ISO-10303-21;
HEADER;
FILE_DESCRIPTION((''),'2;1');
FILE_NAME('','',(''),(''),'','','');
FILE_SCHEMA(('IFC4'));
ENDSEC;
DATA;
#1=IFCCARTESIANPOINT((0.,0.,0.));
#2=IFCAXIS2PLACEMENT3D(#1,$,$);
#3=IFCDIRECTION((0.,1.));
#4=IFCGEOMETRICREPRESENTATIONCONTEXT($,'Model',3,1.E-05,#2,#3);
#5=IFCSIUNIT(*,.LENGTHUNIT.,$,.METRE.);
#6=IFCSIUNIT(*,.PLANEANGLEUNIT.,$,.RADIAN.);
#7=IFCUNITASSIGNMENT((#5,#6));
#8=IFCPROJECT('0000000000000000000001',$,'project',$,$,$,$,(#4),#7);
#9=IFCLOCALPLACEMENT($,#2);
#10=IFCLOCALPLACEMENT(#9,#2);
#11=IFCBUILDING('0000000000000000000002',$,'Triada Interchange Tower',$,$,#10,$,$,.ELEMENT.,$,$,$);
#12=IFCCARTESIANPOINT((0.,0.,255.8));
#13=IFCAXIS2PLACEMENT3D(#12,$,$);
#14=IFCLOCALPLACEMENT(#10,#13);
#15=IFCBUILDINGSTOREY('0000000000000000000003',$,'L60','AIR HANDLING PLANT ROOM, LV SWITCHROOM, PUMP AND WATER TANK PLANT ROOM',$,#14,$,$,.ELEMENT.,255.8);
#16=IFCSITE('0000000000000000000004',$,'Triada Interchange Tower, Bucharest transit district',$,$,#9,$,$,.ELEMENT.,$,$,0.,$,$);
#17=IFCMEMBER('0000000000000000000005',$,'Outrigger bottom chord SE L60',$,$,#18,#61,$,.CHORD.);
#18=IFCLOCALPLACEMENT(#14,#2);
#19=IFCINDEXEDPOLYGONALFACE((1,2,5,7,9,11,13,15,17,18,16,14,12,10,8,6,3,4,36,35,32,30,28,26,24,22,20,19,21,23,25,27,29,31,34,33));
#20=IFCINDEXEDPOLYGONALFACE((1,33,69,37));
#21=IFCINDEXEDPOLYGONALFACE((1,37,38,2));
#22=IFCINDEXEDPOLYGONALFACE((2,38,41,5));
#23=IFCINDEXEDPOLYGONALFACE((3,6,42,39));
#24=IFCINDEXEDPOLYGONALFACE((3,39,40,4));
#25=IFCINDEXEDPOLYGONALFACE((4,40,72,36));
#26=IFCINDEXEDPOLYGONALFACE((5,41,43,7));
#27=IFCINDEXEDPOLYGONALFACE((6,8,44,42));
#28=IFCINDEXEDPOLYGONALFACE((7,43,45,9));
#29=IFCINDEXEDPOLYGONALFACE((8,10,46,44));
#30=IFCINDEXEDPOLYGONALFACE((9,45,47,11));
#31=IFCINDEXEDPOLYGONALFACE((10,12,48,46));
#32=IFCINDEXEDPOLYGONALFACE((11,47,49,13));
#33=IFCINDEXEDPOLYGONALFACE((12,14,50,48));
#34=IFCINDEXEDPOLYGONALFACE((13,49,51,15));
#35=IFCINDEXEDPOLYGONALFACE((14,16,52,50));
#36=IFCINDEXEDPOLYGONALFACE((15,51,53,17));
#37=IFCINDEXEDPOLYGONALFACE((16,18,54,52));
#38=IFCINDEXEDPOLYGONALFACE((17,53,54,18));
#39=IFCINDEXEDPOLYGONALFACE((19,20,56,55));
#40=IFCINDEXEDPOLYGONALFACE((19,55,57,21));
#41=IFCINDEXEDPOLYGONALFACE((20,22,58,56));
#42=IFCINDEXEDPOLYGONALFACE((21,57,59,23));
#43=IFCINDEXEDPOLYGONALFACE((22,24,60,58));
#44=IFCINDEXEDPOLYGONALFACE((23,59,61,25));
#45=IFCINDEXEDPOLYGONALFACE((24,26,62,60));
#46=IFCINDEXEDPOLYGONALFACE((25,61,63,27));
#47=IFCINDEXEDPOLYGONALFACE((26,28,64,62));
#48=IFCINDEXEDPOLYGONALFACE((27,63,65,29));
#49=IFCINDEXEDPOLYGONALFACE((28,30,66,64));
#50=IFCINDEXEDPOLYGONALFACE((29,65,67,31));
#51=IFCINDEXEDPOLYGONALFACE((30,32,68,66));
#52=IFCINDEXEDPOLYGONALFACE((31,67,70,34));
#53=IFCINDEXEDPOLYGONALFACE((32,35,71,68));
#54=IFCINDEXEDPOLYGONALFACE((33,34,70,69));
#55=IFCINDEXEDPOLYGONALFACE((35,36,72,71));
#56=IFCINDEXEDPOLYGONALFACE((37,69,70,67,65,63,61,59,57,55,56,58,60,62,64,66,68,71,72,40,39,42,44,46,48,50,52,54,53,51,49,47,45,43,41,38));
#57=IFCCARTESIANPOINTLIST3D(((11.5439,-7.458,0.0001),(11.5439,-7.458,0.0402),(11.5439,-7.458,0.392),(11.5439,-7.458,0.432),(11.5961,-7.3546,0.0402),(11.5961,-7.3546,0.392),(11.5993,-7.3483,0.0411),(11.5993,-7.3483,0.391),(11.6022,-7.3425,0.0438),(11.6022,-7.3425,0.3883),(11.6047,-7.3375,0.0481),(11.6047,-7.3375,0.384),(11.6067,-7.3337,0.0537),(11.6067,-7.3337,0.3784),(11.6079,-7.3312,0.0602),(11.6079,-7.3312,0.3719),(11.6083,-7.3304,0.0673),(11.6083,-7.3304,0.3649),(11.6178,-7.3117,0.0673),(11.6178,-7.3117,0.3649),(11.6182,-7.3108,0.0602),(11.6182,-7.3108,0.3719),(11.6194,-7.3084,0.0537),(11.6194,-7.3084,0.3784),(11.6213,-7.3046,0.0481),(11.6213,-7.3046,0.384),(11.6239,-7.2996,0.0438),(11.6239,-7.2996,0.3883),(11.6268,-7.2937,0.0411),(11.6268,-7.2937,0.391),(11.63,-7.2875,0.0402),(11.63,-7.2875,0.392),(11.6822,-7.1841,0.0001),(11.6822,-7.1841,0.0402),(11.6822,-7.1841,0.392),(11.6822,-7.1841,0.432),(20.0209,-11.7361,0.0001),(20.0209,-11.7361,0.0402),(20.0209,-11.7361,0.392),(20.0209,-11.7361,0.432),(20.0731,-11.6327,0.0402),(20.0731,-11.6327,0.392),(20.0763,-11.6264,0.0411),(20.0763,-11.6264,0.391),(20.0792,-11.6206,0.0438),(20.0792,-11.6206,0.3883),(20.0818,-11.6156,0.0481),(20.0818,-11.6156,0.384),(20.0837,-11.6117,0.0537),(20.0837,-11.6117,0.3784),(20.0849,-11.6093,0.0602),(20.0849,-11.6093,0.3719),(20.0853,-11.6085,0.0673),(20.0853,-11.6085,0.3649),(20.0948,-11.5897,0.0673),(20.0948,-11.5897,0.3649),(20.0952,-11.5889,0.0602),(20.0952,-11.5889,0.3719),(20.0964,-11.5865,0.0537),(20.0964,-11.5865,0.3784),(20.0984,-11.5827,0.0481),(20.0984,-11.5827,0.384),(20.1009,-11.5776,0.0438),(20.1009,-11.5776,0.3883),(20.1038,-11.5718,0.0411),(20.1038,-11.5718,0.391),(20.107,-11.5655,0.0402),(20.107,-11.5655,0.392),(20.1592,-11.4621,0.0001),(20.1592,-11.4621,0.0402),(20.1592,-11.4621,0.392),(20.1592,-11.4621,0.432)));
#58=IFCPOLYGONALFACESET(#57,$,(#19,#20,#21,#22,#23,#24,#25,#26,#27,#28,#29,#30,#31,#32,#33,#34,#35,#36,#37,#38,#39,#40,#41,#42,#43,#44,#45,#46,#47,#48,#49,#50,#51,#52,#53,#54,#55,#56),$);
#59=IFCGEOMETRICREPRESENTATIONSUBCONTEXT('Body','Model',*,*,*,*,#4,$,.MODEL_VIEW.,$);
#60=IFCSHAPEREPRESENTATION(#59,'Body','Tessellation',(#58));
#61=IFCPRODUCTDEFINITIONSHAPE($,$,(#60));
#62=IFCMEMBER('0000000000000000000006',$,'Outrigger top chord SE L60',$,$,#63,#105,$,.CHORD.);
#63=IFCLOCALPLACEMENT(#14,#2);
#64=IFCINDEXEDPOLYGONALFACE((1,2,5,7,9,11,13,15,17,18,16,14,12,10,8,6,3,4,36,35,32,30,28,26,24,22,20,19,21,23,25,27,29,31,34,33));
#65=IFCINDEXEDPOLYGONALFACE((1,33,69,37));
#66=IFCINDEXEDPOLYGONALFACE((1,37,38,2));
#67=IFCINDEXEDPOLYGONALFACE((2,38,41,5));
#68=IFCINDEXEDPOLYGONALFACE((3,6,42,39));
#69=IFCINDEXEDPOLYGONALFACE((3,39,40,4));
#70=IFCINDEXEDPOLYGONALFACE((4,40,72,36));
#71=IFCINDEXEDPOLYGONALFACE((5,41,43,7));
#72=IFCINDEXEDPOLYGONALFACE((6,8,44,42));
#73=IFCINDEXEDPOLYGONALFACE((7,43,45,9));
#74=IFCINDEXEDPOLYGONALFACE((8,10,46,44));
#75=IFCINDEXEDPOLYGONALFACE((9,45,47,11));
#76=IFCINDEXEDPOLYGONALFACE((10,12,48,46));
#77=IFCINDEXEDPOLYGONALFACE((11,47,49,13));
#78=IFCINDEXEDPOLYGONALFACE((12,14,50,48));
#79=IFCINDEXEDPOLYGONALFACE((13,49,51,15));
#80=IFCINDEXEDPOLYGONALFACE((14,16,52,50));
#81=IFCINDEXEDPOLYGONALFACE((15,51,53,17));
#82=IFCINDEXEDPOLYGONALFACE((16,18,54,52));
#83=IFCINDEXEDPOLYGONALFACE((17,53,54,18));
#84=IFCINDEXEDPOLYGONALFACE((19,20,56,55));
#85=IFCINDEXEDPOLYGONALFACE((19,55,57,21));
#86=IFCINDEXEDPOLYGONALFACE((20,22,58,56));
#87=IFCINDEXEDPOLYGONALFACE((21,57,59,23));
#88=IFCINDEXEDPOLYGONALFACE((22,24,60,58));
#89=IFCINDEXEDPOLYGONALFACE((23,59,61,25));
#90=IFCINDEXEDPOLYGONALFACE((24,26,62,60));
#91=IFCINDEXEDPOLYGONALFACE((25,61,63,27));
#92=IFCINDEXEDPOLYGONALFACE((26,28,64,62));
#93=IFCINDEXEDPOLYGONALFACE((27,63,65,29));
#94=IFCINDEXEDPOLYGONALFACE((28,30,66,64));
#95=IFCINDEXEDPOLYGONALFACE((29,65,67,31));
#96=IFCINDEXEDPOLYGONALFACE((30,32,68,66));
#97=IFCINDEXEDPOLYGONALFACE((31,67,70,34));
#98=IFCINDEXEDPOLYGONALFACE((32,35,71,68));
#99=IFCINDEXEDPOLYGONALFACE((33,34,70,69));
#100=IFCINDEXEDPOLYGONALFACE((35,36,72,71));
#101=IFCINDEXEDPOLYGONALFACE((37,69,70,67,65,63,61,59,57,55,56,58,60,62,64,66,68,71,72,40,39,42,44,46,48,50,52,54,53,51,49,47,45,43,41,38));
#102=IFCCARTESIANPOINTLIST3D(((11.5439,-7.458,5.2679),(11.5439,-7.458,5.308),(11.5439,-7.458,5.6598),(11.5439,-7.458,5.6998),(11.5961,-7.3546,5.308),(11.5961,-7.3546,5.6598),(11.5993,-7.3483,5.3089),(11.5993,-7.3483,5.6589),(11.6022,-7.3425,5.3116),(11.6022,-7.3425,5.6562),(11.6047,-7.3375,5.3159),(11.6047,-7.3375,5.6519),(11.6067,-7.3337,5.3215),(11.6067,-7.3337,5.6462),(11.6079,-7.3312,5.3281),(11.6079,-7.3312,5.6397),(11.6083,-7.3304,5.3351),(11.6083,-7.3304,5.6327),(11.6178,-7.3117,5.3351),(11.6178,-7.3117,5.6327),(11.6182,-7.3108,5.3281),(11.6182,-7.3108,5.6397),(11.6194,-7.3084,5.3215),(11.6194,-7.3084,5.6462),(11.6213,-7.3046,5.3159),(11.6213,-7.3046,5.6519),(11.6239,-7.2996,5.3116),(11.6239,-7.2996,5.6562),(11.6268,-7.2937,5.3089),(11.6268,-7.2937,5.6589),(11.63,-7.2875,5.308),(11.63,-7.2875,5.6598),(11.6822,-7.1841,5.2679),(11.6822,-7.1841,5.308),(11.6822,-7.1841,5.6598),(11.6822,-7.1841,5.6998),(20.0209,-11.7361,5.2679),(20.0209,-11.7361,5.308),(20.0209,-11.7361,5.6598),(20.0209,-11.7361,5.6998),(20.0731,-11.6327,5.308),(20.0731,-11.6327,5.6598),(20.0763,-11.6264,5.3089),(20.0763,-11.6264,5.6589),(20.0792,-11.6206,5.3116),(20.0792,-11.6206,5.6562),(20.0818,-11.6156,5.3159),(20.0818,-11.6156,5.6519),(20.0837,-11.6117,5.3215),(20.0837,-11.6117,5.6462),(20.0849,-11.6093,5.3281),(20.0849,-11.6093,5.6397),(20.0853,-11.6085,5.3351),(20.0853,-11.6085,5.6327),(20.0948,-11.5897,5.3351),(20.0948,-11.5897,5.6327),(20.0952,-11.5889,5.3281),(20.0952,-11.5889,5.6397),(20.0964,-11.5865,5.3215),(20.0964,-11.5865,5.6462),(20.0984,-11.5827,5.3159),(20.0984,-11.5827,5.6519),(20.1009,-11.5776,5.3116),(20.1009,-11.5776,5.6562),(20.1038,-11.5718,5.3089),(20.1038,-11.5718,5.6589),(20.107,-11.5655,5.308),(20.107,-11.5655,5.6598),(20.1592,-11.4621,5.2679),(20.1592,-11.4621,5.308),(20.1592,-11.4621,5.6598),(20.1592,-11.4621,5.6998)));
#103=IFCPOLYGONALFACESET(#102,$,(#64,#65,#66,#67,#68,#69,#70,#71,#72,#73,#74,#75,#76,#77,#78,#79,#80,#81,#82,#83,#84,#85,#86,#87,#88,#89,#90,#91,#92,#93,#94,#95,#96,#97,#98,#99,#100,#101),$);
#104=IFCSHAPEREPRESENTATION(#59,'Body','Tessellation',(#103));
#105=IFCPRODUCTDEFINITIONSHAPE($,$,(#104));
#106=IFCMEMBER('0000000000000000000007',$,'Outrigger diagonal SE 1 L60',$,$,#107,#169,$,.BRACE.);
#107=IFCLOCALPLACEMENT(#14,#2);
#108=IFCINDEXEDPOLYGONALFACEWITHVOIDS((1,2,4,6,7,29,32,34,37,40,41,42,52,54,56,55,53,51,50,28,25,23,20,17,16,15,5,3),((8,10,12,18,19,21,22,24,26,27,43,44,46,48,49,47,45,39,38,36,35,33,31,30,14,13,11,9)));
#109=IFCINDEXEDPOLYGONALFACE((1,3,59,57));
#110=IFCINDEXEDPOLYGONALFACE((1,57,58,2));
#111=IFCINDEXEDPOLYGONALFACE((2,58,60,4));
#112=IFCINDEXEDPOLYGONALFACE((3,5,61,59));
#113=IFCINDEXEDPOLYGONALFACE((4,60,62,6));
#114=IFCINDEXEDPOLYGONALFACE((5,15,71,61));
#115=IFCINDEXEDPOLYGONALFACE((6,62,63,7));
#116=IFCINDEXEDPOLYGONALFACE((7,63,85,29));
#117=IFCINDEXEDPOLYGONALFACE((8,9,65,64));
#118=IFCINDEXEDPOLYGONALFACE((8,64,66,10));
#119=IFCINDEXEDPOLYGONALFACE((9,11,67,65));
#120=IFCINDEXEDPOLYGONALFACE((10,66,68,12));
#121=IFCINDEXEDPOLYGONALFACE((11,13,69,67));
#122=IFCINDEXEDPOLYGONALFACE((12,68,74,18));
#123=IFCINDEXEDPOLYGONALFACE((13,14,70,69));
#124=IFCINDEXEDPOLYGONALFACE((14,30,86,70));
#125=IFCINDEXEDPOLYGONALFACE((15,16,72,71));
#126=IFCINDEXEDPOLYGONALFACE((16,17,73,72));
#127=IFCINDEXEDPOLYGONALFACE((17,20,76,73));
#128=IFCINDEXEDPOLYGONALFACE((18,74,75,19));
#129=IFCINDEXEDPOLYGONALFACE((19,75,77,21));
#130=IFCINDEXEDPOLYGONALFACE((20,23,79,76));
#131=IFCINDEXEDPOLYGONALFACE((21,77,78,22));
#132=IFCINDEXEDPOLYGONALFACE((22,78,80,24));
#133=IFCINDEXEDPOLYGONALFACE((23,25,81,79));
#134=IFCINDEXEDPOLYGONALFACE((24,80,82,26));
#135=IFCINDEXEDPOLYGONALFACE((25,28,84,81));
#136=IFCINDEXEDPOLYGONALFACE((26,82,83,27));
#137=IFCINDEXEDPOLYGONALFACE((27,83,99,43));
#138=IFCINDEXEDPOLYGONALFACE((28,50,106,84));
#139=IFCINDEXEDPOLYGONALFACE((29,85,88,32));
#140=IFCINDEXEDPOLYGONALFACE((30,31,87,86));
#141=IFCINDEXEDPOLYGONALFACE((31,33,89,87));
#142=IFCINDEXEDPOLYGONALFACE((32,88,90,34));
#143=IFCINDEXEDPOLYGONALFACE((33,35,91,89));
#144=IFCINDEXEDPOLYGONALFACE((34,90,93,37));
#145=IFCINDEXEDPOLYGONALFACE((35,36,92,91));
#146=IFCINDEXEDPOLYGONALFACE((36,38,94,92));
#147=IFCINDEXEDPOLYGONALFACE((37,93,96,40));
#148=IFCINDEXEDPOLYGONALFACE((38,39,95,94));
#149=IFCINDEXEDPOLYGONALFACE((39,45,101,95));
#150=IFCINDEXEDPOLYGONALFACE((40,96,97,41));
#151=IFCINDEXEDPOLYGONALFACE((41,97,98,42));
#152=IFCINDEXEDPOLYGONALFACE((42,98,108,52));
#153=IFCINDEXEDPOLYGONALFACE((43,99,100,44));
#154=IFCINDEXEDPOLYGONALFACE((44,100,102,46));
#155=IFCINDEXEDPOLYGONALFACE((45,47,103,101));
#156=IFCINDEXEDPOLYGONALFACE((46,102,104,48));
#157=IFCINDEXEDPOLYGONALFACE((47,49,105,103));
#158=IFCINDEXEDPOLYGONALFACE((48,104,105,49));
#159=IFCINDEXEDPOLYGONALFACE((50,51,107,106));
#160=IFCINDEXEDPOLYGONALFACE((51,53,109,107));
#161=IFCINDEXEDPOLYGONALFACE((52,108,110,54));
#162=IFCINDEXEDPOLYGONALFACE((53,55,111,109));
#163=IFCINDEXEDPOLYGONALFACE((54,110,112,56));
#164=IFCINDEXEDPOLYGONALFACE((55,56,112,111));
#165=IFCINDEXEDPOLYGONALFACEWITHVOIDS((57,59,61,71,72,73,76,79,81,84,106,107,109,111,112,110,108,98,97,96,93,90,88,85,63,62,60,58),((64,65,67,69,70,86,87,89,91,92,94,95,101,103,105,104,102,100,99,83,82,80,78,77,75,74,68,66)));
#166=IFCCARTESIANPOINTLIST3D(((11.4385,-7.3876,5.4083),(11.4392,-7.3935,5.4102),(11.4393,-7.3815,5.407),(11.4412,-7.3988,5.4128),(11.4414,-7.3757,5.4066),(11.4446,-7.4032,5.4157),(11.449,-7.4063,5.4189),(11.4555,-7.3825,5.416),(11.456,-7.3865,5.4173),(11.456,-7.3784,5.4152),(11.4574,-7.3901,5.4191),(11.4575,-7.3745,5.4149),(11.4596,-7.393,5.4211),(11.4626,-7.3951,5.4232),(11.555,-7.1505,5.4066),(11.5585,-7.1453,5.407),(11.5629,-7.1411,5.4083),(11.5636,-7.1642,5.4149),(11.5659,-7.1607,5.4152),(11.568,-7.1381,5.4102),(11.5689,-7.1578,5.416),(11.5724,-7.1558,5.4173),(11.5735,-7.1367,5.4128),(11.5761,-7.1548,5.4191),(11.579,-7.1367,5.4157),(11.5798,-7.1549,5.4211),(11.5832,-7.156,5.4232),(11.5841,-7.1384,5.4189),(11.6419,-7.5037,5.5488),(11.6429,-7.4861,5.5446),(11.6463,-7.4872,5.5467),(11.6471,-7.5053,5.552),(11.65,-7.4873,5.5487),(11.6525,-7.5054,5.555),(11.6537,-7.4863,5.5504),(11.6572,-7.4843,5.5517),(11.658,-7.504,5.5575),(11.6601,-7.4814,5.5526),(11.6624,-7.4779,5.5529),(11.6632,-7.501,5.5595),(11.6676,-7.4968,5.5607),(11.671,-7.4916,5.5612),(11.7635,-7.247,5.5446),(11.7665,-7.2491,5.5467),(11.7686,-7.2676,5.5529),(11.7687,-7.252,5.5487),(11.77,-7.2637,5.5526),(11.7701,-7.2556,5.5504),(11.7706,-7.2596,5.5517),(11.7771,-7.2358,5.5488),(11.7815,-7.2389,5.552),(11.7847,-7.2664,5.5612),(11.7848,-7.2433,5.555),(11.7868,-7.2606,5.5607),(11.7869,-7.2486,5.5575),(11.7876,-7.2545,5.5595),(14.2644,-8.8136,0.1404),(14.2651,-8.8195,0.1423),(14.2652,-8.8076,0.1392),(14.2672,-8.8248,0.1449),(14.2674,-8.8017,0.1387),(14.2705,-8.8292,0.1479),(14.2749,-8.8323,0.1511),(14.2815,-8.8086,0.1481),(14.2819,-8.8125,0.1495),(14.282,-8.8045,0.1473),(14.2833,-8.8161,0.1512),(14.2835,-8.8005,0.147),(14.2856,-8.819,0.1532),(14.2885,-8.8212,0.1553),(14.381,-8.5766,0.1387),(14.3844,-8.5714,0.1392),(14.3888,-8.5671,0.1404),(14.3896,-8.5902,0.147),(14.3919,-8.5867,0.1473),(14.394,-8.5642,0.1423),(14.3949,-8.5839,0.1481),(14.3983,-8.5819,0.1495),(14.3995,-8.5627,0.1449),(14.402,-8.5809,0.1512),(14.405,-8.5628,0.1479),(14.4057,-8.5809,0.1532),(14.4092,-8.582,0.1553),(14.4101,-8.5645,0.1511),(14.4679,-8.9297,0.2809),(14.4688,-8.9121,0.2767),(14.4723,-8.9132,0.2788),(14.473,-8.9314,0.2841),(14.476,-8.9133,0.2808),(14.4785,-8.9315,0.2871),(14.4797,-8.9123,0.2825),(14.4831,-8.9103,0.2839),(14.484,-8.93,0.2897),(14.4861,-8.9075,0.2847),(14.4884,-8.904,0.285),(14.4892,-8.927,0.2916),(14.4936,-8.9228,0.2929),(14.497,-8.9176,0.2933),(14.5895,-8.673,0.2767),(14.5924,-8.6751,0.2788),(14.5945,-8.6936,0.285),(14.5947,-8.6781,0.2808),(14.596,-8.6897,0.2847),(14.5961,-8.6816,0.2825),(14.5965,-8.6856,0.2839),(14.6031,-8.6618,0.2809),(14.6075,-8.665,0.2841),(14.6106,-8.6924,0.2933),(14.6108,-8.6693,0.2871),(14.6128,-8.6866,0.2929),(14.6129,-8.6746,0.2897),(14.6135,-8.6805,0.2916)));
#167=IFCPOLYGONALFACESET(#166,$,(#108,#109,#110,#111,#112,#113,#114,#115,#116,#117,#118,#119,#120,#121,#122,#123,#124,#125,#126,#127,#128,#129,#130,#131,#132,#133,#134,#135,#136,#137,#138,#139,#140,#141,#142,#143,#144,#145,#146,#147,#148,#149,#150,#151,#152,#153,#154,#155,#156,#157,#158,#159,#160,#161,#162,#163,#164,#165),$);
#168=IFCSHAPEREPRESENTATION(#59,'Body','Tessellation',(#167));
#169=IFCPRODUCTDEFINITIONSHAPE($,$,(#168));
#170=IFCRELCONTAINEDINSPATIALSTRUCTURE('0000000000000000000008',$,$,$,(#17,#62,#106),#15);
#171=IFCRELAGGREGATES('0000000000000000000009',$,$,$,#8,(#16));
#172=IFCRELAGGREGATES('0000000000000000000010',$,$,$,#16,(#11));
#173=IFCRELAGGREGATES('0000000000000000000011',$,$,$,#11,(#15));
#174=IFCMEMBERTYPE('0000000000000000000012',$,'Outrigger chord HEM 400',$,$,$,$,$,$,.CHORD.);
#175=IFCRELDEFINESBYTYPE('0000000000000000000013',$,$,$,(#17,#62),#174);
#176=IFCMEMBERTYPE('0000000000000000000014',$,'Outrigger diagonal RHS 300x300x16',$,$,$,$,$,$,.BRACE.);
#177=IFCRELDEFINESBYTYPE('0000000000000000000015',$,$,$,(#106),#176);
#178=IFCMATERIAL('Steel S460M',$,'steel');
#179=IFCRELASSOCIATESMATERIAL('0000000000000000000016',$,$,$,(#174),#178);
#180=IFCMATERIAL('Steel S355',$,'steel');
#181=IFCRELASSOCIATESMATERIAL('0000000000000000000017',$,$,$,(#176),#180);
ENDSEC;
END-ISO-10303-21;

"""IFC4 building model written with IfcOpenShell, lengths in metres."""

from ifc_helpers import new_model, si_unit, direction, frame, origin, origin_2d, place, context, subcontext, project, spatial, hollow_rectangle, i_section, extrude, material, material_profile, profile_set, type_object, element, save


model = new_model("IFC4")

# Units and contexts
model_context = context("Model", 3, precision=1e-05, world=origin(), true_north=direction((0.0, 1.0)))
body_context = subcontext(model_context, "Body", "Model", "MODEL_VIEW")
ifc_project = project(units=[si_unit("LENGTHUNIT", "METRE"), si_unit("PLANEANGLEUNIT", "RADIAN")], contexts=[model_context])

# Site, building, storey
site_placement = place(None, origin())
site = spatial("IfcSite", under=ifc_project, at=site_placement, Name="Triada Interchange Tower, Bucharest transit district", CompositionType="ELEMENT", RefElevation=0.0)
building_placement = place(site_placement, origin())
building = spatial("IfcBuilding", under=site, at=building_placement, Name="Triada Interchange Tower", CompositionType="ELEMENT")
storey_placement = place(building_placement, frame((0.0, 0.0, 255.8)))
storey = spatial("IfcBuildingStorey", under=building, at=storey_placement, Name="L60", Description="AIR HANDLING PLANT ROOM, LV SWITCHROOM, PUMP AND WATER TANK PLANT ROOM", CompositionType="ELEMENT", Elevation=255.8)

# Shared definitions
ifc_material_1 = material(Name="Steel S355", Category="steel")

# Members
ifc_material_2 = material(Name="Steel S460M", Category="steel")
ifc_material_profile_1 = material_profile(ifc_material_2, i_section(OverallWidth=0.3069, OverallDepth=0.4319, WebThickness=0.021, FlangeThickness=0.04, FilletRadius=0.0271, at=origin_2d()), Name="HEM 400")
ifc_profile_set_1 = profile_set([ifc_material_profile_1], Name="Steel S460M")
member_type_1 = type_object("IfcMemberType", Name="Outrigger chord HEM 400", PredefinedType="CHORD", material=ifc_profile_set_1)
for number, where, z_axis, x_axis, name in (
    (1, (11.613, -7.321, 0.2161), (0.892755, -0.450543, 0.0), (0.450543, 0.892755, 0.0), "Outrigger bottom chord SE L60"),
    (2, (11.613, -7.321, 5.4839), (0.892755, -0.450543, 0.0), (0.450543, 0.892755, 0.0), "Outrigger top chord SE L60"),
):
    element("IfcMember", number, at=place(storey_placement, frame(where, z_axis=z_axis, x_axis=x_axis)), inside=storey, type_object=member_type_1, Name=name, PredefinedType="CHORD", context=body_context, shape_type="SweptSolid", body=[
        extrude(i_section(OverallWidth=0.3069, OverallDepth=0.4319, WebThickness=0.021, FlangeThickness=0.04, FilletRadius=0.0271, at=origin_2d()), origin(), (0.0, 0.0, 1.0), 9.4954),
    ])
ifc_material_profile_2 = material_profile(ifc_material_1, hollow_rectangle(XDim=0.3, YDim=0.3, WallThickness=0.0161, InnerFilletRadius=0.0161, OuterFilletRadius=0.0239, at=origin_2d()), Name="RHS 300x300x16")
ifc_profile_set_2 = profile_set([ifc_material_profile_2], Name="Steel S355")
member_type_2 = type_object("IfcMemberType", Name="Outrigger diagonal RHS 300x300x16", PredefinedType="BRACE", material=ifc_profile_set_2)
member_1_placement = place(storey_placement, frame((11.613, -7.321, 5.4839), z_axis=(0.459824, -0.232037, -0.857159), x_axis=(0.450512, 0.892771, 0.0)))
element("IfcMember", 3, at=member_1_placement, inside=storey, type_object=member_type_2, Name="Outrigger diagonal SE 1 L60", PredefinedType="BRACE", context=body_context, shape_type="SweptSolid", body=[
    extrude(hollow_rectangle(XDim=0.3, YDim=0.3, WallThickness=0.0161, InnerFilletRadius=0.0161, OuterFilletRadius=0.0239, at=origin_2d()), origin(), (0.0, 0.0, 1.0), 6.1458),
])

save(model, "model.ifc")
